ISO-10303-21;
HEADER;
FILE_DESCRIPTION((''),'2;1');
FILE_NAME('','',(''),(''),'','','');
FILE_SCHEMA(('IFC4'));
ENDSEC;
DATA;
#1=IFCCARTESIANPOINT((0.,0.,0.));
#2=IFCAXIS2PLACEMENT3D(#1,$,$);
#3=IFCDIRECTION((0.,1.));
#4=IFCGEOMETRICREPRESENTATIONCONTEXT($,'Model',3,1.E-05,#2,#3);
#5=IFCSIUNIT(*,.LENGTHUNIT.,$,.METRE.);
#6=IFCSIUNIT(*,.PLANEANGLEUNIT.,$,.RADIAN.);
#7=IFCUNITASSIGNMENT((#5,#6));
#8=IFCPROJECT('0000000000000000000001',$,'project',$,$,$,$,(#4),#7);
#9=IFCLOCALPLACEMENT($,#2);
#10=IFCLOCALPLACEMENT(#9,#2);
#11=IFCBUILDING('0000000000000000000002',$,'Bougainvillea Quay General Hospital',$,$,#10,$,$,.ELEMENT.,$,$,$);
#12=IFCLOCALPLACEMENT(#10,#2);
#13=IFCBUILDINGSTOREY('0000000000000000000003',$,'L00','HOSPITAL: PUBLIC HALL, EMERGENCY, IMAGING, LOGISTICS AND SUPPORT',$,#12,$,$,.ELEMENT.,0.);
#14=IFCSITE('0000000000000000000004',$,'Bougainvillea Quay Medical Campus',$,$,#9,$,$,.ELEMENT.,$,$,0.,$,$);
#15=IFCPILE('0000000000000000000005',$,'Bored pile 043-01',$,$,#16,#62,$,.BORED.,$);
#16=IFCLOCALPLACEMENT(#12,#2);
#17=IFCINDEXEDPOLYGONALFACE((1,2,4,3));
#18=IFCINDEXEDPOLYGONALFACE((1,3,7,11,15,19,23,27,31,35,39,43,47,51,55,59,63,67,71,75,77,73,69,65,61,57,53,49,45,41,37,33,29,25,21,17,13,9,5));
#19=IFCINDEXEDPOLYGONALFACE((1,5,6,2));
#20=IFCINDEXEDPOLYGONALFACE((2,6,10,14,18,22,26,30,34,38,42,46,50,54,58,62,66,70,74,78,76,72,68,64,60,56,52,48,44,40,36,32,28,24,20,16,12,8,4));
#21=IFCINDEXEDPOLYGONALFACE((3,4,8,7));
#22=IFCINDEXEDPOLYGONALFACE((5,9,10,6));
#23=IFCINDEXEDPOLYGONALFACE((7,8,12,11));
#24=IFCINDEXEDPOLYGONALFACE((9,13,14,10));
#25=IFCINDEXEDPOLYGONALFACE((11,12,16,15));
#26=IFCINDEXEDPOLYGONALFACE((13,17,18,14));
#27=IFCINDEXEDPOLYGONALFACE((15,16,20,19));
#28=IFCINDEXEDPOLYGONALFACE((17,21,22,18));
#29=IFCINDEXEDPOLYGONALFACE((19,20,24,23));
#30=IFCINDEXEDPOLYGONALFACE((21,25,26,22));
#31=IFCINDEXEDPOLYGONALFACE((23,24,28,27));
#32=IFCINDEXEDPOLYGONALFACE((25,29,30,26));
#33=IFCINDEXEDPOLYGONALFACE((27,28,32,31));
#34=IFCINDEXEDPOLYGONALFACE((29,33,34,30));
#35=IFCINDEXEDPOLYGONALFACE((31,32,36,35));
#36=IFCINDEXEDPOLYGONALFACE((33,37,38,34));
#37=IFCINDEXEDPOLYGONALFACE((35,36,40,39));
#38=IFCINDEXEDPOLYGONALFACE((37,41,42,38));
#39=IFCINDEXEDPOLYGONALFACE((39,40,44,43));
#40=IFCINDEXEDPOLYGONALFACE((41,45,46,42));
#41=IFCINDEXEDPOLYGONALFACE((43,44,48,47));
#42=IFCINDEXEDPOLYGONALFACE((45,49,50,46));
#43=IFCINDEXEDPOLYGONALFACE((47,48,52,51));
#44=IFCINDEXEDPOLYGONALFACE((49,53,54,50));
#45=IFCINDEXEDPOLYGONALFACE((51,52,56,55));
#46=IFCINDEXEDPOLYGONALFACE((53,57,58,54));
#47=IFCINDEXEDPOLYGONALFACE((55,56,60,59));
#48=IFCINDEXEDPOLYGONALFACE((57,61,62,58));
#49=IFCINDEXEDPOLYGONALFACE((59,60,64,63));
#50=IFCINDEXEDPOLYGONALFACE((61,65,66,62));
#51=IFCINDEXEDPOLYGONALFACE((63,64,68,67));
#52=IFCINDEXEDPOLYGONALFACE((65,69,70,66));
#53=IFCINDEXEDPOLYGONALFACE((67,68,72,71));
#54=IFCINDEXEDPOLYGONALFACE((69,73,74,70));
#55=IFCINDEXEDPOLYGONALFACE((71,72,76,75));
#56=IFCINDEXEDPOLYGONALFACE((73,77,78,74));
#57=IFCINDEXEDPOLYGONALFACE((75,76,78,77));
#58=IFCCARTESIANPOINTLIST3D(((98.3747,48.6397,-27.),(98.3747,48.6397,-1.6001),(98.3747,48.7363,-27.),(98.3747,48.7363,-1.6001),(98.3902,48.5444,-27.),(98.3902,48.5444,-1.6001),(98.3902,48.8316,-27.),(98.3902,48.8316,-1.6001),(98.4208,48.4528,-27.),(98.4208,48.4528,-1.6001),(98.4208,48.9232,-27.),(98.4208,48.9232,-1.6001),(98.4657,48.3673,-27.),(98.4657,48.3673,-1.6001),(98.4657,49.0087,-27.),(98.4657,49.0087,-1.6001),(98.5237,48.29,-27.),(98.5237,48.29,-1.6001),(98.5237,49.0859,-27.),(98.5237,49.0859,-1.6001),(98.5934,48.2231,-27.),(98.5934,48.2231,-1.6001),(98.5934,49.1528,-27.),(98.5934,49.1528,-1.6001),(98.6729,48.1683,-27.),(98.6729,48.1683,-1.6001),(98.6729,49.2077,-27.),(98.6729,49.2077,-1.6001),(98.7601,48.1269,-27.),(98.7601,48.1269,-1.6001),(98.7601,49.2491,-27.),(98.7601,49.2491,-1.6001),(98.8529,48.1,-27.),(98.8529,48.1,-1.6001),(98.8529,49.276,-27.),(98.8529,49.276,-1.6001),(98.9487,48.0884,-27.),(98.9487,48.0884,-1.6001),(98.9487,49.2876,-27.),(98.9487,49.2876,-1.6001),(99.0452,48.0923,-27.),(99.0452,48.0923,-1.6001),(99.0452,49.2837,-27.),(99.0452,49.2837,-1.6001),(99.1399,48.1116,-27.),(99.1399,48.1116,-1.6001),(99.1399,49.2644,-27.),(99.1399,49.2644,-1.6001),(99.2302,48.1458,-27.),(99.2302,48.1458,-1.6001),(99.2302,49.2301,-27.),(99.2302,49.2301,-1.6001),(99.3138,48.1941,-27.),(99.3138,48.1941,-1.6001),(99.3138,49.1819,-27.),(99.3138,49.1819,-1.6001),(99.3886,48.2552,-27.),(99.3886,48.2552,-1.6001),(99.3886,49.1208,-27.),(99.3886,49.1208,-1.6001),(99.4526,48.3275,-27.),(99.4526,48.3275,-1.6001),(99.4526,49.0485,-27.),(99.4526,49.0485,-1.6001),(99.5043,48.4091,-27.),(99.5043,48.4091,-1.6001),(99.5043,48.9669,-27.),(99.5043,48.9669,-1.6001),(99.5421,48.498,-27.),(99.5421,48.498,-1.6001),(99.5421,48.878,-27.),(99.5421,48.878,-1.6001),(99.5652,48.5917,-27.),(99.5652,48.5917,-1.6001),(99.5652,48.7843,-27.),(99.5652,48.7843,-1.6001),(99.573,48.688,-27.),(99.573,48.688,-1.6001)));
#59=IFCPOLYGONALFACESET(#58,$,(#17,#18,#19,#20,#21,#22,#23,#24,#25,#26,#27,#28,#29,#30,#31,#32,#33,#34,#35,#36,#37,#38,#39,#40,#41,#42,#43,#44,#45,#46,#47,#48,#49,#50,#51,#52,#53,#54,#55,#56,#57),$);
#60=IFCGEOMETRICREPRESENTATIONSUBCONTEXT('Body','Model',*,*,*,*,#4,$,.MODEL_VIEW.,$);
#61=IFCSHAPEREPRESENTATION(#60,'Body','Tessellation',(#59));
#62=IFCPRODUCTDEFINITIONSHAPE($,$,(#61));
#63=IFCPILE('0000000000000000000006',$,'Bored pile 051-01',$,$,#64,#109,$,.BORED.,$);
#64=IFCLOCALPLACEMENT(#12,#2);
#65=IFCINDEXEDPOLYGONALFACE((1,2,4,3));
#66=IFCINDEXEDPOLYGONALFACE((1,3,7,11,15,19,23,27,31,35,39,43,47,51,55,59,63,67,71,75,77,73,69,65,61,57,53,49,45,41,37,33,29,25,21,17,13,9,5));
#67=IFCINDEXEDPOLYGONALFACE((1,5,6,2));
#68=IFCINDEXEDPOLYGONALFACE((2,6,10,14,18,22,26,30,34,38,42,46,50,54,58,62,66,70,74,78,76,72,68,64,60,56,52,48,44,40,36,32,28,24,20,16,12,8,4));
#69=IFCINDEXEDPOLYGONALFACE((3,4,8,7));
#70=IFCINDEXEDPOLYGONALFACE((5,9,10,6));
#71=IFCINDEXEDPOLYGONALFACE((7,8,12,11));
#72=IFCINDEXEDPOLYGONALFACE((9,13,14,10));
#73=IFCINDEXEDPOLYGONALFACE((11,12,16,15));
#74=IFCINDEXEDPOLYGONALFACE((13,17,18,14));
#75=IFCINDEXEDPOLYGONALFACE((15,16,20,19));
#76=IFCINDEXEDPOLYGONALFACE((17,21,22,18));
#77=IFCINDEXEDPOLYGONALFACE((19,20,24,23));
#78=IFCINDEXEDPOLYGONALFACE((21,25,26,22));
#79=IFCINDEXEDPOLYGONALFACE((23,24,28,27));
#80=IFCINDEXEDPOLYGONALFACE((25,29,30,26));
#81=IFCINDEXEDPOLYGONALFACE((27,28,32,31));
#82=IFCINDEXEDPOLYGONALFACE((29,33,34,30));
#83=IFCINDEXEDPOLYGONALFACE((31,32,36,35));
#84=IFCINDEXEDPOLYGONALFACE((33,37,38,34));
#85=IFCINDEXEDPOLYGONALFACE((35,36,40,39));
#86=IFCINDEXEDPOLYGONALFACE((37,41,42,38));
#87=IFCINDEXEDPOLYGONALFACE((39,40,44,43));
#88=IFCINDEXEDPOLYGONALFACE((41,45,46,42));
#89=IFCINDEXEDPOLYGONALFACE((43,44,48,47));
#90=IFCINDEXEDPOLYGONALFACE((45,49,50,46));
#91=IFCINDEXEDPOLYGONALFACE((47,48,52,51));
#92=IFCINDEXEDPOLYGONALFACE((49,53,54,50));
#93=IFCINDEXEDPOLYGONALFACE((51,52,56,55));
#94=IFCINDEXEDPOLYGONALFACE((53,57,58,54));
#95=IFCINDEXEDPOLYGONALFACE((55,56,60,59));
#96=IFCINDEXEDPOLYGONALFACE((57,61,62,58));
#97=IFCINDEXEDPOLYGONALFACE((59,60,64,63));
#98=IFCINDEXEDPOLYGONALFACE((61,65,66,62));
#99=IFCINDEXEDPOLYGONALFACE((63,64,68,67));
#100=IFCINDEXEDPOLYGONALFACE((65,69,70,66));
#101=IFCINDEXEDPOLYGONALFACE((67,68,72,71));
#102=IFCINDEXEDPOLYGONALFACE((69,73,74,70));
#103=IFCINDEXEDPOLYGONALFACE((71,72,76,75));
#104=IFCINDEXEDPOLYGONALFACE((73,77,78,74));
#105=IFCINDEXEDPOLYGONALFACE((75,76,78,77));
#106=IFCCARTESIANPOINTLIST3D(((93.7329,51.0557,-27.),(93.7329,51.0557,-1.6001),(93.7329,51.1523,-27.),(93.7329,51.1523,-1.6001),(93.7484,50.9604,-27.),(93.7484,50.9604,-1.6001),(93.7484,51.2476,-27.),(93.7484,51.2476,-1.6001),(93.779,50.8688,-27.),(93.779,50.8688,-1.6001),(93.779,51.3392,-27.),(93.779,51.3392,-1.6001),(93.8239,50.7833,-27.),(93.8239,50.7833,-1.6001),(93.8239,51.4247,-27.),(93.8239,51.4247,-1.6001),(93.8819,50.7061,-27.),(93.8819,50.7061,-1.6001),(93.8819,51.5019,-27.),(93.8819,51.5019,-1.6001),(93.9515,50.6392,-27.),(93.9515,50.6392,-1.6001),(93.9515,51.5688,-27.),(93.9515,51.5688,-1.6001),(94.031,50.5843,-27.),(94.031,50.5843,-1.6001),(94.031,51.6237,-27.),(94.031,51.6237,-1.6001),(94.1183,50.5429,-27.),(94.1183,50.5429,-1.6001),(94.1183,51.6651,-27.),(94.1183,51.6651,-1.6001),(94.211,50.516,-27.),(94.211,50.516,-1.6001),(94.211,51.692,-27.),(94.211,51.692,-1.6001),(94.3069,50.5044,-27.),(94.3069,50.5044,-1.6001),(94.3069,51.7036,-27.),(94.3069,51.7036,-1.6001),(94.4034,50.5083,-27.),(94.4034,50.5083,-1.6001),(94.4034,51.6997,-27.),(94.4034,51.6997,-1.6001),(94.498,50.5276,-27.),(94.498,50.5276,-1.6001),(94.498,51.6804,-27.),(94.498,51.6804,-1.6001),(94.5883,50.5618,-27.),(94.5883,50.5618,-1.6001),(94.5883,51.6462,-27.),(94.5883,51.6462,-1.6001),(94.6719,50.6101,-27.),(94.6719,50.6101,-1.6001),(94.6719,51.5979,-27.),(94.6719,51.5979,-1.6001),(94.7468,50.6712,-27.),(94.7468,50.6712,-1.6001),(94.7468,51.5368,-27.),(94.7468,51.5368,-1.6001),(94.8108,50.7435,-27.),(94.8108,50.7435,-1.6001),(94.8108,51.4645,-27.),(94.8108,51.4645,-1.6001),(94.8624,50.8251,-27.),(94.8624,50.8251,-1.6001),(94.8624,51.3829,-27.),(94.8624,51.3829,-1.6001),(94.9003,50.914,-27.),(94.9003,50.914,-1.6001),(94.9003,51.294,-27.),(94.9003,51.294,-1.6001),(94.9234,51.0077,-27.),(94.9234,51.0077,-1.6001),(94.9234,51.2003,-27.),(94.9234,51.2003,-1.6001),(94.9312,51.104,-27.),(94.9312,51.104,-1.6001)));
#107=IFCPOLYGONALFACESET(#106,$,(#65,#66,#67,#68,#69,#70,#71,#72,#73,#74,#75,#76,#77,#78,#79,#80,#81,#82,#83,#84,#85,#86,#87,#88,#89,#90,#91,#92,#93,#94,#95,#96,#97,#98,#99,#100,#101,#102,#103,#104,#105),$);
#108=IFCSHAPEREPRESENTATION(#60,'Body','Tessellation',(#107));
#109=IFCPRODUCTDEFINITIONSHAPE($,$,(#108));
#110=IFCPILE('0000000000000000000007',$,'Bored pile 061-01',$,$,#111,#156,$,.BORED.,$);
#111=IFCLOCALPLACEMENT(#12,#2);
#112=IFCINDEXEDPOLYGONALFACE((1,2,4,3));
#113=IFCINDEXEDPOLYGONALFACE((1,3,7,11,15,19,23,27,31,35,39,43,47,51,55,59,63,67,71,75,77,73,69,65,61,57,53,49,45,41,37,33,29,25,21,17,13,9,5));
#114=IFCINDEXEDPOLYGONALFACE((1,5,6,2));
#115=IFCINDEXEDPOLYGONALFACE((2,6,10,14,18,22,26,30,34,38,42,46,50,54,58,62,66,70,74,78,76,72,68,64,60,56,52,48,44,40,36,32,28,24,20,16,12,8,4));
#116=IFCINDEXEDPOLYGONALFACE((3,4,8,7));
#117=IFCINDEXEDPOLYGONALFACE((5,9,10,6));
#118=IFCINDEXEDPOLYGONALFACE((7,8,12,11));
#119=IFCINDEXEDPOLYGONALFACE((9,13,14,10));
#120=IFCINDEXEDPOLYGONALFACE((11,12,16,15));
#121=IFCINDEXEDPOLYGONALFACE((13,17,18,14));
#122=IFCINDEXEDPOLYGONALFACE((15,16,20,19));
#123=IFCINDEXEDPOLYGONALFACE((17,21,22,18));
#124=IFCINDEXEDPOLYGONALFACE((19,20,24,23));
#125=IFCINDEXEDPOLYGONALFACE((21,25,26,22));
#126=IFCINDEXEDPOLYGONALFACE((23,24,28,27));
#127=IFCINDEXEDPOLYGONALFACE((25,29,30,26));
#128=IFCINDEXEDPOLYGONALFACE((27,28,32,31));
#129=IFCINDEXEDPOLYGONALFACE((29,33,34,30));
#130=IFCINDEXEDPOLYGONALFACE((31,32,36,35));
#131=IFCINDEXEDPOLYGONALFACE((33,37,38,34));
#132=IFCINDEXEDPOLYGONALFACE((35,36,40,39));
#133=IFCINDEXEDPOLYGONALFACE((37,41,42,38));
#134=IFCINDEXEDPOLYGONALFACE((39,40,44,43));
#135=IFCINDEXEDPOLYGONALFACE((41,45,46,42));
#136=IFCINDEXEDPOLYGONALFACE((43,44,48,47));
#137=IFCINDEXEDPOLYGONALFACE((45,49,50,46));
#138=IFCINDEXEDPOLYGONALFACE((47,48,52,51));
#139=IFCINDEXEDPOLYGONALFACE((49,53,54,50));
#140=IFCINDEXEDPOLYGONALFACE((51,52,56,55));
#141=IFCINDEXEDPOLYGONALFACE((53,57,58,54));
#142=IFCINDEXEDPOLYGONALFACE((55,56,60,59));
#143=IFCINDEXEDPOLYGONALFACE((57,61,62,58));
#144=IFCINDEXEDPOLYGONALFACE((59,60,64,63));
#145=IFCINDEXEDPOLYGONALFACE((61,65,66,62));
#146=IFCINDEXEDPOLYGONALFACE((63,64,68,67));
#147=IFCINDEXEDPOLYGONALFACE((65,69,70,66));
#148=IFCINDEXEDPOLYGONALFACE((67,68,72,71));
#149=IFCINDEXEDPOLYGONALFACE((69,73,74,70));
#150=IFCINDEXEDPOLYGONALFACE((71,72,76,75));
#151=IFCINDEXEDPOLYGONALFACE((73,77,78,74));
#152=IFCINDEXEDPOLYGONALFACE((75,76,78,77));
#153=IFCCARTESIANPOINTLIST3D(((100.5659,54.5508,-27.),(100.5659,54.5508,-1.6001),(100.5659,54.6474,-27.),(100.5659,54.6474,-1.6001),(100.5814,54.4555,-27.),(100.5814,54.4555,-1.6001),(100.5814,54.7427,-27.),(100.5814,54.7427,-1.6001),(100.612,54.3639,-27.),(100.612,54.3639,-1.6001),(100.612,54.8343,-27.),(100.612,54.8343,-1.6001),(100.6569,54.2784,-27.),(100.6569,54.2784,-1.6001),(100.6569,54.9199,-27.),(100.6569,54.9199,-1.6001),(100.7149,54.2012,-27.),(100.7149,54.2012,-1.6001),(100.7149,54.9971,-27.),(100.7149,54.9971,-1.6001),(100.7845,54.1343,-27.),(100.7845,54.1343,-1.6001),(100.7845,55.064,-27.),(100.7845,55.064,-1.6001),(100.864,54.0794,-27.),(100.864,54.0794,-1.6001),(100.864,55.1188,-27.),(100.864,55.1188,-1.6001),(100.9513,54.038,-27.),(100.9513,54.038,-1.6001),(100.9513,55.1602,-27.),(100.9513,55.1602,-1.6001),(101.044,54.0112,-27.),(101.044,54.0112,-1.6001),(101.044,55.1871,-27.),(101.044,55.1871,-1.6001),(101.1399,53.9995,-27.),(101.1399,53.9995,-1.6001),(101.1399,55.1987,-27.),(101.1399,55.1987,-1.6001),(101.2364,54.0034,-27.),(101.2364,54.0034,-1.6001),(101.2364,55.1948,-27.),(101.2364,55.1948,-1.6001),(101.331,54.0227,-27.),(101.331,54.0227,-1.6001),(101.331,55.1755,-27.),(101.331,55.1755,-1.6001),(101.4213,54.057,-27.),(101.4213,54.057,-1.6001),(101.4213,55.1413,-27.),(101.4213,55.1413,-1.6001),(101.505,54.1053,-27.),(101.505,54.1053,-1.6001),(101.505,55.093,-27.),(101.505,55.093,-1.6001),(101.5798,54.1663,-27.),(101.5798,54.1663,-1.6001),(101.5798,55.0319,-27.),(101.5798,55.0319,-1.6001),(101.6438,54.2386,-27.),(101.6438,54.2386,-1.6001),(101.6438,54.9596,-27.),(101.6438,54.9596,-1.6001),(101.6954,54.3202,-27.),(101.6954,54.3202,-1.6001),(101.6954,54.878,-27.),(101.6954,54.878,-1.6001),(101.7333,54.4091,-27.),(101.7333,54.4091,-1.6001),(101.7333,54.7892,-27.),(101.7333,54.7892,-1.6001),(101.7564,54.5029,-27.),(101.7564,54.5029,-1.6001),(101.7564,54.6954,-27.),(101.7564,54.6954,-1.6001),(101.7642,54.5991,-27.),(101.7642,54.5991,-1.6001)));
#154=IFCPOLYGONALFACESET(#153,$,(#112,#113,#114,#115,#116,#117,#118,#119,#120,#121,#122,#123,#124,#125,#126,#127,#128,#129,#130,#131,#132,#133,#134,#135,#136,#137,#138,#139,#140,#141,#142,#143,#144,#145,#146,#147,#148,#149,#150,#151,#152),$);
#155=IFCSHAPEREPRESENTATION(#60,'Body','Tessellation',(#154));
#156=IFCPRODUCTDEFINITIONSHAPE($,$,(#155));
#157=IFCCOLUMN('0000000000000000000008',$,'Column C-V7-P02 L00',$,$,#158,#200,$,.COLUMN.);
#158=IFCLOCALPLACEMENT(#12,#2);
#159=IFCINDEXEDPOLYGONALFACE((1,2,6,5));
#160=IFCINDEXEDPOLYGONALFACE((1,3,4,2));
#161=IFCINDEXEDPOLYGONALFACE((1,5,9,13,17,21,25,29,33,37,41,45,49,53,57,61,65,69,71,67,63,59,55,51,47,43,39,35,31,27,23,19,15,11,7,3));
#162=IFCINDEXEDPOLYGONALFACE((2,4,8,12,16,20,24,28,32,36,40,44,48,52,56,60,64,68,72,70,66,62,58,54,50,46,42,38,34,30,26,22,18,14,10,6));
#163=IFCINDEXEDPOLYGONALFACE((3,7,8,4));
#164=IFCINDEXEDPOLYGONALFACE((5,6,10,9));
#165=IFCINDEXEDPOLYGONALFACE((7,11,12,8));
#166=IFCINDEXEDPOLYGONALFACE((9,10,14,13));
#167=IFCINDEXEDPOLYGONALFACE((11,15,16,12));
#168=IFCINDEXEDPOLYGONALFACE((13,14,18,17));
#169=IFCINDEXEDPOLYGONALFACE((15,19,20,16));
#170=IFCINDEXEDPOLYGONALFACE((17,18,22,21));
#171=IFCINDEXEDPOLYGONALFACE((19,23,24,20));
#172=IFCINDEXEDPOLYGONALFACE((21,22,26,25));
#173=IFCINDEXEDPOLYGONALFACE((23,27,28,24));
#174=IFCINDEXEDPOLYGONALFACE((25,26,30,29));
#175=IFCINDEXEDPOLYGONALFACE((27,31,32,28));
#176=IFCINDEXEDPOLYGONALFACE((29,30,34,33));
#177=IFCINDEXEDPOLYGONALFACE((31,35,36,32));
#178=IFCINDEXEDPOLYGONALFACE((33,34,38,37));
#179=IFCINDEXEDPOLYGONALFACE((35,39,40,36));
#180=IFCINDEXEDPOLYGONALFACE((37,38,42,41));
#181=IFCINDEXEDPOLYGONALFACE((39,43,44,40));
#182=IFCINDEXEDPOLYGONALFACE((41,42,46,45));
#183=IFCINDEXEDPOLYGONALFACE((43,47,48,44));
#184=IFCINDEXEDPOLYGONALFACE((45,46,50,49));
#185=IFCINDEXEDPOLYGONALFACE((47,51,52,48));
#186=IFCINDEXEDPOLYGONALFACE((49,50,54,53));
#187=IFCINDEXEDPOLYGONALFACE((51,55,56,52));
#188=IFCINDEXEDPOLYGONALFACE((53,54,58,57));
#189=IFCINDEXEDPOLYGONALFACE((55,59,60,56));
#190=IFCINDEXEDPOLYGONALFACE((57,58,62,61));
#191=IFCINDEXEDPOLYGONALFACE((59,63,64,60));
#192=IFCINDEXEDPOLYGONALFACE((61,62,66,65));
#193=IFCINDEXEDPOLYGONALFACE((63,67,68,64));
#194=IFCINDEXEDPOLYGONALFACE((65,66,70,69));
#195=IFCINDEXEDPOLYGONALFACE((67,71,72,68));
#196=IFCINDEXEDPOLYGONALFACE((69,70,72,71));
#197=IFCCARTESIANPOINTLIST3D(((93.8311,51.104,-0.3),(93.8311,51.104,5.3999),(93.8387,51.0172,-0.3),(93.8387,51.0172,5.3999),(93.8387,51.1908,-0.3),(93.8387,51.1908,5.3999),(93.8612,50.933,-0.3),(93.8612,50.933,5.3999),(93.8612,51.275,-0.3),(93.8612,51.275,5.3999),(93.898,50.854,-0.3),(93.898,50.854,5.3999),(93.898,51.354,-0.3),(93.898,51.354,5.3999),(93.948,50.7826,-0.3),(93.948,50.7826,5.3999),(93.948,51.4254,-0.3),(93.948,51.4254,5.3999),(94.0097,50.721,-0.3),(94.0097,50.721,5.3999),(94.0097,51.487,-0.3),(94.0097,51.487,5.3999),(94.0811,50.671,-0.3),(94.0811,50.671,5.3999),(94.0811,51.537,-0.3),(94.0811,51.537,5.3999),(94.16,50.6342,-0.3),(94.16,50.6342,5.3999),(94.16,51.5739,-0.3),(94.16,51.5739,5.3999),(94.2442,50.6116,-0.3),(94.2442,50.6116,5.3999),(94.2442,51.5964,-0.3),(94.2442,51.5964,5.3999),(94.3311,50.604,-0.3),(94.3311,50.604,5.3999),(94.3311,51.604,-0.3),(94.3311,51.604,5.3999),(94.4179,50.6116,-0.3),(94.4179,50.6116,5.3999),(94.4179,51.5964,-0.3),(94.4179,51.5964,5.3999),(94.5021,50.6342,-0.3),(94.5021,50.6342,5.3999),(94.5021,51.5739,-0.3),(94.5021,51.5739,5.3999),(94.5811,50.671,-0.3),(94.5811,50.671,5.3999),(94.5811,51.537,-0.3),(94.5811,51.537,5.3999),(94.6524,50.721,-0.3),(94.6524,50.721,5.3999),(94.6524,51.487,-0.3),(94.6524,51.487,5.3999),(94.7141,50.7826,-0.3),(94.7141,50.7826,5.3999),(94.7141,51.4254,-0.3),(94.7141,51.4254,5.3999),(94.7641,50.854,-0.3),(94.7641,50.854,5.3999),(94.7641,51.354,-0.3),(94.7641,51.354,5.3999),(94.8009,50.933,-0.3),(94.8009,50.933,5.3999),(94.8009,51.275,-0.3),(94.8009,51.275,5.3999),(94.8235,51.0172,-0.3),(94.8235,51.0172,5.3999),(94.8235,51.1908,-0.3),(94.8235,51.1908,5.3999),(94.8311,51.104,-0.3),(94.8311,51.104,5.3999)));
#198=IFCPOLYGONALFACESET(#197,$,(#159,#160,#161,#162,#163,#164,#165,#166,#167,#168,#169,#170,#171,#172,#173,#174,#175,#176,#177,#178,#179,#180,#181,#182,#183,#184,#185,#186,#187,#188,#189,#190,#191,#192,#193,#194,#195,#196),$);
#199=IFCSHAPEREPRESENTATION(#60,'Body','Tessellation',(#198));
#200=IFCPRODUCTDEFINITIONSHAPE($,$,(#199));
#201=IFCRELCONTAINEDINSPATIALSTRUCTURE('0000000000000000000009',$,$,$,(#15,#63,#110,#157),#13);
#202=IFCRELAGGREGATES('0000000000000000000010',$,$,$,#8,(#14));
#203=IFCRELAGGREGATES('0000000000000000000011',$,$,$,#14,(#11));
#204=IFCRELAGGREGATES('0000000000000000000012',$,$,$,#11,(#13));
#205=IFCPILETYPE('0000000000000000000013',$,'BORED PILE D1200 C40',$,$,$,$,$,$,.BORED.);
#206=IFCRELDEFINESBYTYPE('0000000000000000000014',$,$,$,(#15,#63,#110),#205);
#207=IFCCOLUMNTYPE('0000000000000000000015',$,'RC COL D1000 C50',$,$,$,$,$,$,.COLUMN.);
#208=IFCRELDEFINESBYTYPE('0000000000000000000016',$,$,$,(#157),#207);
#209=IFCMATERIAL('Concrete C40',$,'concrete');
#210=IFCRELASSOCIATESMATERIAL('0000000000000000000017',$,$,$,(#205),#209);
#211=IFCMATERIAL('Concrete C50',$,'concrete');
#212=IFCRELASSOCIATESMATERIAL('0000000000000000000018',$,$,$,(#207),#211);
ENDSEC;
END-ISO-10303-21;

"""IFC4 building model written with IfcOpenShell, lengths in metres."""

from ifc_helpers import new_model, si_unit, direction, frame, origin, origin_2d, place, context, subcontext, project, spatial, circle, extrude, material, material_profile, profile_set, type_object, element, save


model = new_model("IFC4")

# Units and contexts
model_context = context("Model", 3, precision=1e-05, world=origin(), true_north=direction((0.0, 1.0)))
body_context = subcontext(model_context, "Body", "Model", "MODEL_VIEW")
ifc_project = project(units=[si_unit("LENGTHUNIT", "METRE"), si_unit("PLANEANGLEUNIT", "RADIAN")], contexts=[model_context])

# Site, building, storey
site_placement = place(None, origin())
site = spatial("IfcSite", under=ifc_project, at=site_placement, Name="Bougainvillea Quay Medical Campus", CompositionType="ELEMENT", RefElevation=0.0)
building_placement = place(site_placement, origin())
building = spatial("IfcBuilding", under=site, at=building_placement, Name="Bougainvillea Quay General Hospital", CompositionType="ELEMENT")
storey_placement = place(building_placement, origin())
storey = spatial("IfcBuildingStorey", under=building, at=storey_placement, Name="L00", Description="HOSPITAL: PUBLIC HALL, EMERGENCY, IMAGING, LOGISTICS AND SUPPORT", CompositionType="ELEMENT", Elevation=0.0)

# Piles
ifc_material_1 = material(Name="Concrete C40", Category="concrete")
ifc_material_profile_1 = material_profile(ifc_material_1, circle(Radius=0.6001, at=origin_2d()))
ifc_profile_set_1 = profile_set([ifc_material_profile_1], Name="Concrete C40")
pile_type = type_object("IfcPileType", Name="BORED PILE D1200 C40", PredefinedType="BORED", material=ifc_profile_set_1)
for number, where, z_axis, x_axis, name in (
    (1, (98.9729, 48.688, -1.6001), (0.0, 0.0, -1.0), (1.0, 0.0, 0.0), "Bored pile 043-01"),
    (2, (94.3311, 51.104, -1.6001), (0.0, 0.0, -1.0), (1.0, 0.0, 0.0), "Bored pile 051-01"),
    (3, (101.1641, 54.5991, -1.6001), (0.0, 0.0, -1.0), (1.0, 0.0, 0.0), "Bored pile 061-01"),
):
    element("IfcPile", number, at=place(storey_placement, frame(where, z_axis=z_axis, x_axis=x_axis)), inside=storey, type_object=pile_type, Name=name, PredefinedType="BORED", context=body_context, shape_type="SweptSolid", body=[
        extrude(circle(Radius=0.6001, at=origin_2d()), origin(), (0.0, 0.0, 1.0), 25.3999),
    ])

# Column
ifc_material_2 = material(Name="Concrete C50", Category="concrete")
ifc_material_profile_2 = material_profile(ifc_material_2, circle(Radius=0.5, at=origin_2d()))
ifc_profile_set_2 = profile_set([ifc_material_profile_2], Name="Concrete C50")
column_type_1 = type_object("IfcColumnType", Name="RC COL D1000 C50", PredefinedType="COLUMN", material=ifc_profile_set_2)
for number, where, z_axis, x_axis, name in (
    (4, (94.3311, 51.104, -0.3), (0.0, 0.0, 1.0), (1.0, 0.0, 0.0), "Column C-V7-P02 L00"),
):
    element("IfcColumn", number, at=place(storey_placement, frame(where, z_axis=z_axis, x_axis=x_axis)), inside=storey, type_object=column_type_1, Name=name, PredefinedType="COLUMN", context=body_context, shape_type="SweptSolid", body=[
        extrude(circle(Radius=0.5, at=origin_2d()), origin(), (0.0, 0.0, 1.0), 5.7),
    ])

save(model, "model.ifc")
